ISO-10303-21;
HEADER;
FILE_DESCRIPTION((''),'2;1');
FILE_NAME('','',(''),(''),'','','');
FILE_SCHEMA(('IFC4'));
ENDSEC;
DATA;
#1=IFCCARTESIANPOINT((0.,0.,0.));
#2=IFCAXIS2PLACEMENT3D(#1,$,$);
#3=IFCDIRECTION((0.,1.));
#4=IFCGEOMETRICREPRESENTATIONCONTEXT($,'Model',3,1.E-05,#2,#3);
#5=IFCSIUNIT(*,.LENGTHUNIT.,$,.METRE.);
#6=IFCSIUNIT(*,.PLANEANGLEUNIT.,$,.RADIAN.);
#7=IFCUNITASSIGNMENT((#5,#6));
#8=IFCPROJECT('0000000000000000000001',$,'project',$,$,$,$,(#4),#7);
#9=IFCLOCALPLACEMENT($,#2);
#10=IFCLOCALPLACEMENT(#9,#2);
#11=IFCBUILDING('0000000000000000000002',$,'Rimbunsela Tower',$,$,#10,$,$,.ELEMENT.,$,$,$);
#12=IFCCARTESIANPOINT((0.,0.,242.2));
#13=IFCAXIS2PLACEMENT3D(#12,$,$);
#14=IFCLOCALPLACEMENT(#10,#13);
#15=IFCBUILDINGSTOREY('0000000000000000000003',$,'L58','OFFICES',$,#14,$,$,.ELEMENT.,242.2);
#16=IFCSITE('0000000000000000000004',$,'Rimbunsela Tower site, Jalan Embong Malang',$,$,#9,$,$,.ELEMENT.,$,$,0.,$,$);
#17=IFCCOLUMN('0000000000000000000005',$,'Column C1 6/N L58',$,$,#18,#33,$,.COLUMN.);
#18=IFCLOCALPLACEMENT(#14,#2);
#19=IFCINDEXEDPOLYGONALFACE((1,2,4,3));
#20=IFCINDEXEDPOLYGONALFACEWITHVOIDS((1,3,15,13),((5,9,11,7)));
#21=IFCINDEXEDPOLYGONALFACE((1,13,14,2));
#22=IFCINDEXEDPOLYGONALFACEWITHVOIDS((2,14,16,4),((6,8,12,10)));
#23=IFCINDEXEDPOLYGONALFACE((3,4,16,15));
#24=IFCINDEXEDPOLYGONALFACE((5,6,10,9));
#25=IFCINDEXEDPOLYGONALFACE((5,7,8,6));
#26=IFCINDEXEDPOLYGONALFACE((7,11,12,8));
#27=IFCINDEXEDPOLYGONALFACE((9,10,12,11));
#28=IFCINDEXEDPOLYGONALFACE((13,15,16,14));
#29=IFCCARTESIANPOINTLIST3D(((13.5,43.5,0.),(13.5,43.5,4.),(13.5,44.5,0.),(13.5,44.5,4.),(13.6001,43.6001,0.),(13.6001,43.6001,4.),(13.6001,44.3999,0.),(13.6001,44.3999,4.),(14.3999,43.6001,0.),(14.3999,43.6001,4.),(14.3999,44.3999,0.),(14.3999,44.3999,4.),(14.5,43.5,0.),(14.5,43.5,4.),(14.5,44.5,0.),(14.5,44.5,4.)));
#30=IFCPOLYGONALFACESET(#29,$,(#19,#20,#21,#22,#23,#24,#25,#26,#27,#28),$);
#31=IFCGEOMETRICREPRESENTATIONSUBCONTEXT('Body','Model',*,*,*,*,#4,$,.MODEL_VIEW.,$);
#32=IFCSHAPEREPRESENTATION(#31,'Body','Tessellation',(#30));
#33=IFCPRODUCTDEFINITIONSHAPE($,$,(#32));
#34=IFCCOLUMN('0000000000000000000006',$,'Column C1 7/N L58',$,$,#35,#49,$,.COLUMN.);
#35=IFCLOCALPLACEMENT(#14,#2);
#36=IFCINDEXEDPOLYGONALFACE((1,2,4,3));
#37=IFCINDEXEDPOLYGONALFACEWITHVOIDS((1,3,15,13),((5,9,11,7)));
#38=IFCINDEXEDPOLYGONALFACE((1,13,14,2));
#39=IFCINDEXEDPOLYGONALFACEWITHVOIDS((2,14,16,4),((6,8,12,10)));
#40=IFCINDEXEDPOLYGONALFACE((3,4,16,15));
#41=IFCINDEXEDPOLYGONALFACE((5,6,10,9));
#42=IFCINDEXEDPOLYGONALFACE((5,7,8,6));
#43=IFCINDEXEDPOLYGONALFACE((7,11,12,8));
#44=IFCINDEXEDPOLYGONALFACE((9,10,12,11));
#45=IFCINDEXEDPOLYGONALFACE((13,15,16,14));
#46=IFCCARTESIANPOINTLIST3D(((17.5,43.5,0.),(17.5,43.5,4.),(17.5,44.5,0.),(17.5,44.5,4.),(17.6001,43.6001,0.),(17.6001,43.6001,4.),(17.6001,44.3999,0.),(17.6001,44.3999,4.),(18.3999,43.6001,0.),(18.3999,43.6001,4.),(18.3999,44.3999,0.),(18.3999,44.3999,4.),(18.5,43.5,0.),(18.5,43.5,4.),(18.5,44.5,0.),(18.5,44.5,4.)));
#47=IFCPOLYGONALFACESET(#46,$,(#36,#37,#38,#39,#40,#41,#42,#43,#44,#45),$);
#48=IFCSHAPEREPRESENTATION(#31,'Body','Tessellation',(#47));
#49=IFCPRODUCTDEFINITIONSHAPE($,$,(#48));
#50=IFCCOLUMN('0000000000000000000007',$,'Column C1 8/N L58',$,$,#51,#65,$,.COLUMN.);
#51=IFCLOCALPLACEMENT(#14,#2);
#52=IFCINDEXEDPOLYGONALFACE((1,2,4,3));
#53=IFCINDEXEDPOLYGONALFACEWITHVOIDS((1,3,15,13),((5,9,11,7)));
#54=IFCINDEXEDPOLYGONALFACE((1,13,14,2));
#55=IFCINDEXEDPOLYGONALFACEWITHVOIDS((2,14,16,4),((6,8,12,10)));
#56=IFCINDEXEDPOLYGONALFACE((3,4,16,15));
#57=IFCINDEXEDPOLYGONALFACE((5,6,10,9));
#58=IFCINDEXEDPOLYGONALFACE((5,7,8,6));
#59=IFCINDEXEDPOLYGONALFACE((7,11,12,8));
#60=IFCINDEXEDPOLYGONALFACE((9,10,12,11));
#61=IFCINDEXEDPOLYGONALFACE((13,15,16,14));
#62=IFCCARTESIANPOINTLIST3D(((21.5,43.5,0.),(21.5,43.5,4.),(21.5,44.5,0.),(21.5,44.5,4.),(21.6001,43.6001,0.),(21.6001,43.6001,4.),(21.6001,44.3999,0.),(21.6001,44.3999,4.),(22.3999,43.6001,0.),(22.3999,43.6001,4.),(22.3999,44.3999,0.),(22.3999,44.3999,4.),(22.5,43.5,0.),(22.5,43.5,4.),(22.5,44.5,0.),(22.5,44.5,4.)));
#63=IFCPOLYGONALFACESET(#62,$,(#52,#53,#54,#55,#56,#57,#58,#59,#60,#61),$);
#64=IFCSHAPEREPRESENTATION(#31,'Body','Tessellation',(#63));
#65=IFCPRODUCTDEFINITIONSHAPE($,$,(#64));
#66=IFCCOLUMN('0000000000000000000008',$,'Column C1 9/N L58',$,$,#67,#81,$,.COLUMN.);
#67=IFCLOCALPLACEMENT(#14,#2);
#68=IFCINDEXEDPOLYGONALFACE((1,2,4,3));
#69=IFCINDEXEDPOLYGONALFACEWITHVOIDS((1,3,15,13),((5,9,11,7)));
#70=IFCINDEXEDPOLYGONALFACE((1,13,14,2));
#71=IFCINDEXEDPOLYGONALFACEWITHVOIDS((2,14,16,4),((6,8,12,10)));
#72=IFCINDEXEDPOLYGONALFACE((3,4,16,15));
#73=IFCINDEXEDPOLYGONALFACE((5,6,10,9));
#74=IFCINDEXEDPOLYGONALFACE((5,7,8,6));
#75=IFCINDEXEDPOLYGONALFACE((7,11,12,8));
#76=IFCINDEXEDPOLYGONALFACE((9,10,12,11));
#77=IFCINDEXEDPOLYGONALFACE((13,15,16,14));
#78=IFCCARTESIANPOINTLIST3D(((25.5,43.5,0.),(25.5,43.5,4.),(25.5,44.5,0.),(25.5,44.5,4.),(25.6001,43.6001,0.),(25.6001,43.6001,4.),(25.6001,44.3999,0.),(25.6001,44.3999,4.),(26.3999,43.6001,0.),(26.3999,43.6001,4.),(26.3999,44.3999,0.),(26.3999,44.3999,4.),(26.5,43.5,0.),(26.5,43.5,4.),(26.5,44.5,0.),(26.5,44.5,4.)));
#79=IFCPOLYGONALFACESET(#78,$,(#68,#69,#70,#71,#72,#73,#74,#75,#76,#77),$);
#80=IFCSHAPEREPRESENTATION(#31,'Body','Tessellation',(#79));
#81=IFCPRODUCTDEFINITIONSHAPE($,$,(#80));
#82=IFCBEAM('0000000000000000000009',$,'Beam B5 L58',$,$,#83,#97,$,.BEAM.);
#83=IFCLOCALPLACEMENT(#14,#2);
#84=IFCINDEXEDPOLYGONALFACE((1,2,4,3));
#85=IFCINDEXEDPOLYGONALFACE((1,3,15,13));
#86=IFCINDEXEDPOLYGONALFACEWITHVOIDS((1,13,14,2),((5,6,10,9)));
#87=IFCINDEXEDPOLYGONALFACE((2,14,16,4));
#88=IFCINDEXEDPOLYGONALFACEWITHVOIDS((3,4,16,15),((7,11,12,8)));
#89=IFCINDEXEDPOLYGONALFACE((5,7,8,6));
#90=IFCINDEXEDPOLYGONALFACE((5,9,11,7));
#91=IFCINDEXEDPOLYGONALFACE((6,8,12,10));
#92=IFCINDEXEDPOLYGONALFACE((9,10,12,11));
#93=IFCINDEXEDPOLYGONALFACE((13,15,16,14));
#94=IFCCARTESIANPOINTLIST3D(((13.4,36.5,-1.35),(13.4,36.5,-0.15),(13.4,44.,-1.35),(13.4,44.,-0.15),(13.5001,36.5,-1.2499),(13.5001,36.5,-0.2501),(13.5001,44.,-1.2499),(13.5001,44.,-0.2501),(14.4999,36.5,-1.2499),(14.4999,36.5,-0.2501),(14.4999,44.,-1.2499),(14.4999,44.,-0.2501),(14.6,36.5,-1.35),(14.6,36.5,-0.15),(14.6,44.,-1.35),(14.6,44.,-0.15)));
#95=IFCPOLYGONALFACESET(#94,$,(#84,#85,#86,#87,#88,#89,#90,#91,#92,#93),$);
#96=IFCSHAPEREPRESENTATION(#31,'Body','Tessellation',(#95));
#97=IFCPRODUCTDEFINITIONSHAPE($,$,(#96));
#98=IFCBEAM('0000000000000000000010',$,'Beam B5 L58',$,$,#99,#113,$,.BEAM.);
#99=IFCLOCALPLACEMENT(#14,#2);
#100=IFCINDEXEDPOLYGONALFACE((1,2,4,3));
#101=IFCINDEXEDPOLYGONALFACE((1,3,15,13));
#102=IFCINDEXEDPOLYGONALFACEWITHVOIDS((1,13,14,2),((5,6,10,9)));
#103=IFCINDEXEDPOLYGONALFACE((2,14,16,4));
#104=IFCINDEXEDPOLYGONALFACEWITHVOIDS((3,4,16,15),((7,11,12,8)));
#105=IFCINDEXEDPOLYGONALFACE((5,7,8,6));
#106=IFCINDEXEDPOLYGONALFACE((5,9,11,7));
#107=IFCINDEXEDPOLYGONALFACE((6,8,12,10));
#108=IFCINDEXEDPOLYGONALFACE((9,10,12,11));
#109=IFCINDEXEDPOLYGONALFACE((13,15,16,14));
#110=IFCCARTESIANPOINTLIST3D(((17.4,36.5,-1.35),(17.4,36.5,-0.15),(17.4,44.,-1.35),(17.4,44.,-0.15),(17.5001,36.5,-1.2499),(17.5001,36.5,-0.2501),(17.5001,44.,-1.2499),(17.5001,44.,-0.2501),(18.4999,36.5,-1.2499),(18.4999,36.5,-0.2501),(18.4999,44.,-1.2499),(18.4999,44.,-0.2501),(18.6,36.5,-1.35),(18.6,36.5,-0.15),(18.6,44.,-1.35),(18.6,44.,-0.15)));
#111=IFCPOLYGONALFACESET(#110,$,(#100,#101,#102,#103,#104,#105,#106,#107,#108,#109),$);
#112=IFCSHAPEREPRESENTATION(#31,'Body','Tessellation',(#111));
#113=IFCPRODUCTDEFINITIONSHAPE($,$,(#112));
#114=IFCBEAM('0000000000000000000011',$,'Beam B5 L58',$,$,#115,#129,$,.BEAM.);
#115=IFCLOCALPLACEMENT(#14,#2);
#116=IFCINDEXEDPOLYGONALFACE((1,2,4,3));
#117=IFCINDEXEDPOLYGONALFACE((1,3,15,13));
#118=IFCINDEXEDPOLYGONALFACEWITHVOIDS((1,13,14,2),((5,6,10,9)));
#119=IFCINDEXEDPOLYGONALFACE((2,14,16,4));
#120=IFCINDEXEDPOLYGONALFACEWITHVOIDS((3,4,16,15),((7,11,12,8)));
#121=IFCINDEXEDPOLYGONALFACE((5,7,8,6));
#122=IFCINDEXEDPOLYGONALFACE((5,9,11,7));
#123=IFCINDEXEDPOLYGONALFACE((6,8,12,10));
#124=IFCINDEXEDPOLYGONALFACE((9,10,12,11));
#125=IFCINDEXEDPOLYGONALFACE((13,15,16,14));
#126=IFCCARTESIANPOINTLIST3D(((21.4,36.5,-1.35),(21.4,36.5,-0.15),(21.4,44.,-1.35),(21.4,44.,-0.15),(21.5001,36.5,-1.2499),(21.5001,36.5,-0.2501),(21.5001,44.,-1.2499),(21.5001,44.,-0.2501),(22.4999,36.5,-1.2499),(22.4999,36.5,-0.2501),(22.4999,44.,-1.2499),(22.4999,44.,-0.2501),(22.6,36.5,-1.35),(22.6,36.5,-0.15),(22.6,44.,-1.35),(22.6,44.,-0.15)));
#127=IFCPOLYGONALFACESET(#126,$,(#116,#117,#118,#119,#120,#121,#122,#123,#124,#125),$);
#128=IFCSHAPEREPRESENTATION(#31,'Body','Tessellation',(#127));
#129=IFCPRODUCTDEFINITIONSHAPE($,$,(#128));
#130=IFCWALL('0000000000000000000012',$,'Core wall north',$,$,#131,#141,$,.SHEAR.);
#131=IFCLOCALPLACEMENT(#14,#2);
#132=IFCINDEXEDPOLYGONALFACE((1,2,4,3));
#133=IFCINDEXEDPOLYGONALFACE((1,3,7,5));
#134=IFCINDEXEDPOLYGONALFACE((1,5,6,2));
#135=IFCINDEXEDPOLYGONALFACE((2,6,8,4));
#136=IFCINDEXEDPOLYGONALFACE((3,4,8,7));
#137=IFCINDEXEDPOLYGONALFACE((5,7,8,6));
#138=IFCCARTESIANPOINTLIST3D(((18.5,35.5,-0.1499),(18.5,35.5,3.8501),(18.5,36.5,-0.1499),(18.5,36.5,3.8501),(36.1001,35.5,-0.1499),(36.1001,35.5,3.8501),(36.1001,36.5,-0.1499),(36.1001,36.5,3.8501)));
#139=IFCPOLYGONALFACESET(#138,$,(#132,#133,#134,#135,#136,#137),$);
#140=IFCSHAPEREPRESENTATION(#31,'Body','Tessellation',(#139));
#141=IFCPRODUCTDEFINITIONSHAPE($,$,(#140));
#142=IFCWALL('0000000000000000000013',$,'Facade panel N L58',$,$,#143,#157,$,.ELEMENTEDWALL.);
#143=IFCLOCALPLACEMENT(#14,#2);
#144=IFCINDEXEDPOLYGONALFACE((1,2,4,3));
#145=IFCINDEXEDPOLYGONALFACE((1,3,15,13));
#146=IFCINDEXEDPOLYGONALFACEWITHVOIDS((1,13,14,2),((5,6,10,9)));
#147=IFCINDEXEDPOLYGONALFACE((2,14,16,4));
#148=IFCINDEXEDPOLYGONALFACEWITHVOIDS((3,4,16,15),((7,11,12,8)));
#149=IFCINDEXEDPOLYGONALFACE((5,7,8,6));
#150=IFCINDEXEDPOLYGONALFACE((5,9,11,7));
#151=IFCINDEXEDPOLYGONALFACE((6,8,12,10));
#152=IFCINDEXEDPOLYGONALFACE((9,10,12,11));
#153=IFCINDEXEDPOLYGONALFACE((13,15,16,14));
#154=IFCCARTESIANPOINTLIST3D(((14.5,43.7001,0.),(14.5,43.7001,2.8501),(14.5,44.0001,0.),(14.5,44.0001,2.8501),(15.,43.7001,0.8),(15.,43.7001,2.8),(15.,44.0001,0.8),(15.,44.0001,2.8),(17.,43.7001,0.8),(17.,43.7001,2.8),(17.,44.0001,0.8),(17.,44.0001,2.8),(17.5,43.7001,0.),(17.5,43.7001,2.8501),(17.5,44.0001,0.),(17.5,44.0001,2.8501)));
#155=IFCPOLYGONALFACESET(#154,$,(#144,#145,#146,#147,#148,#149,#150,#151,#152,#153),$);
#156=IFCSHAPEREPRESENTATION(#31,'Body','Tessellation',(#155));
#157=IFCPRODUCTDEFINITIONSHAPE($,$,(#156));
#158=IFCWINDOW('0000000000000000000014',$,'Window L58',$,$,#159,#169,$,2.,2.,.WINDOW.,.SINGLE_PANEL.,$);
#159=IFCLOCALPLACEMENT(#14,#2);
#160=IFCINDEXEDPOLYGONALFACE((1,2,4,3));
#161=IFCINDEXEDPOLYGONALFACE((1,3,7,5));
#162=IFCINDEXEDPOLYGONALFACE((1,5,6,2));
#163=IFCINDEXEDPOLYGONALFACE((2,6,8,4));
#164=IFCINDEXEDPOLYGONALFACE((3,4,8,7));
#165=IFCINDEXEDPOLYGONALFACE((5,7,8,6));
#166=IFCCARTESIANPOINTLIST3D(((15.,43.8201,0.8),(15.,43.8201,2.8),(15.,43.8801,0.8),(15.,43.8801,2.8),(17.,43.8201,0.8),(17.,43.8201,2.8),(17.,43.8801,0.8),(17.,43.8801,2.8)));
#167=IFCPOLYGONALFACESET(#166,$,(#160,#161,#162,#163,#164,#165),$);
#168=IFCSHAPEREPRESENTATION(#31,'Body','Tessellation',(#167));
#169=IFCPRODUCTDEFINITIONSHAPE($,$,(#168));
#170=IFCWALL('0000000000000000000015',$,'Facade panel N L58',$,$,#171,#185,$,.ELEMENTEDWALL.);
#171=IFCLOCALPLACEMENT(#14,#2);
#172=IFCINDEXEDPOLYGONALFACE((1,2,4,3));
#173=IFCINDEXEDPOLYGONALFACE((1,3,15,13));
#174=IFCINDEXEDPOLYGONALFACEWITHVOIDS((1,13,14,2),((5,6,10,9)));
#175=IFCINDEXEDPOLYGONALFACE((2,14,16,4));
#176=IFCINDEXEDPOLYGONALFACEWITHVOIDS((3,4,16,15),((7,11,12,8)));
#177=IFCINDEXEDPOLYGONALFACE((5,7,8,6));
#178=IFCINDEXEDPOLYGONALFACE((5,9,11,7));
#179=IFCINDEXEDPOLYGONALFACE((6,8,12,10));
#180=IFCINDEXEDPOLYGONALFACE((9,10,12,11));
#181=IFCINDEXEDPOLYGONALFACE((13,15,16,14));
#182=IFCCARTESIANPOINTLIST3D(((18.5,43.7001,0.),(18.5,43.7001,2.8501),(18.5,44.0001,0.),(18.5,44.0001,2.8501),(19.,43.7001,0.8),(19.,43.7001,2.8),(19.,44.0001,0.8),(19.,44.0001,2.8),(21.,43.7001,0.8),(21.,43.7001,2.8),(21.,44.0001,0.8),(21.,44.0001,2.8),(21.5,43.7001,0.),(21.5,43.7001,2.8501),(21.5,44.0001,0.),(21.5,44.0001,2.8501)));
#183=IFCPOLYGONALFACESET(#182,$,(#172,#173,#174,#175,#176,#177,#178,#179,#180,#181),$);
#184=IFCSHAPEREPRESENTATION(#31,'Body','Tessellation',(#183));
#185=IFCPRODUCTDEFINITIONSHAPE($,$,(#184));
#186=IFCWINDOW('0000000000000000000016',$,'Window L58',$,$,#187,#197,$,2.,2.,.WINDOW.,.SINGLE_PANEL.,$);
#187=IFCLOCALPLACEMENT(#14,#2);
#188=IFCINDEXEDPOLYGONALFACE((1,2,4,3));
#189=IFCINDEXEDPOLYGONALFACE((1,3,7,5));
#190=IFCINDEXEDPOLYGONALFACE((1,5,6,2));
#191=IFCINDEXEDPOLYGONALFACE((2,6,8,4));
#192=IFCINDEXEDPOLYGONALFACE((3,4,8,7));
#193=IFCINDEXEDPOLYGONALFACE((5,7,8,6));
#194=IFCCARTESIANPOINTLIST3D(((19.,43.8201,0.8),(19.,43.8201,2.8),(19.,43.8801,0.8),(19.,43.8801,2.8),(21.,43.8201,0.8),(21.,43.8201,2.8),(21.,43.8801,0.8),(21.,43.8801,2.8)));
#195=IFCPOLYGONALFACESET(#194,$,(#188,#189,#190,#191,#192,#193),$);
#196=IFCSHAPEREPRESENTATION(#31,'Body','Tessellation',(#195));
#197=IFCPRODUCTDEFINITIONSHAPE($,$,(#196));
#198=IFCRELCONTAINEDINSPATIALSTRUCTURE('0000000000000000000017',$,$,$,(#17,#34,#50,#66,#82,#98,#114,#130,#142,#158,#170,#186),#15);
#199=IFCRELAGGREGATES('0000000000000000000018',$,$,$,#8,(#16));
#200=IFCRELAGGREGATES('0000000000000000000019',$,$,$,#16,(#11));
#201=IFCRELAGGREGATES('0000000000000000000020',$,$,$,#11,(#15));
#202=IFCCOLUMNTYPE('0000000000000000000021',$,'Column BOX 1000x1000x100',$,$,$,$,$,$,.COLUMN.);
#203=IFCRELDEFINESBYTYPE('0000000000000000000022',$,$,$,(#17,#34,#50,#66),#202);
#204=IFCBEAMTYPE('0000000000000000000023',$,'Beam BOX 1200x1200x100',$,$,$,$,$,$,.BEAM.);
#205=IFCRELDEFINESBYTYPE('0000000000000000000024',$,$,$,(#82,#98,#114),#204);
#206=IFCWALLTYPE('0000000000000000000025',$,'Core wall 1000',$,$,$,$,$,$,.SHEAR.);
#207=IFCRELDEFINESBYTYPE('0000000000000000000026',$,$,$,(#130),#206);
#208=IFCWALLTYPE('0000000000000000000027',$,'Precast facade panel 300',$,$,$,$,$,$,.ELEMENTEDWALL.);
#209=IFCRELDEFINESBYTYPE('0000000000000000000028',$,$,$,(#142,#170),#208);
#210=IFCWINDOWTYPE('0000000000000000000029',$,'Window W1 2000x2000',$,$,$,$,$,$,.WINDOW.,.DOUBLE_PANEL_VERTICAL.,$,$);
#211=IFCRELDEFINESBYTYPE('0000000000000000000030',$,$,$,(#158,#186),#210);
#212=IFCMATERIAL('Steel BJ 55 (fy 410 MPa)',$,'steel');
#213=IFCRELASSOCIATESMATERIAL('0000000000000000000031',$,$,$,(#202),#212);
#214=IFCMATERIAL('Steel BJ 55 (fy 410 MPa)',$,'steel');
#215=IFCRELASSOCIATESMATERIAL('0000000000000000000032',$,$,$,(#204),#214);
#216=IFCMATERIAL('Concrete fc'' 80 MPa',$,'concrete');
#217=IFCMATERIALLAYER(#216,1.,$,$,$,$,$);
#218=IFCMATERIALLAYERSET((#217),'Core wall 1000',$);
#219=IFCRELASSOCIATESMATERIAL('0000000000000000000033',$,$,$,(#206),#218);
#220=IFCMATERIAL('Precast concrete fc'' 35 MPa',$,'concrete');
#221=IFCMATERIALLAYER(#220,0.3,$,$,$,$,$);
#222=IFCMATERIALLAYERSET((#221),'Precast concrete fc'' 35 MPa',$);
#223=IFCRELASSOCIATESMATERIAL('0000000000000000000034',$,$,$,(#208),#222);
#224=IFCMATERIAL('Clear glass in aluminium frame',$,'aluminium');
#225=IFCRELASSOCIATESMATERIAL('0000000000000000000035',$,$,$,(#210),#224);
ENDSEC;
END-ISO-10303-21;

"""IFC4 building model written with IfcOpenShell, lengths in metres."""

from ifc_helpers import new_model, si_unit, direction, frame, frame_2d, origin, origin_2d, place, context, subcontext, project, spatial, rectangle, hollow_rectangle, extrude, material, layer, layer_set, material_profile, profile_set, type_object, element, fill, save


model = new_model("IFC4")

# Units and contexts
model_context = context("Model", 3, precision=1e-05, world=origin(), true_north=direction((0.0, 1.0)))
body_context = subcontext(model_context, "Body", "Model", "MODEL_VIEW")
ifc_project = project(units=[si_unit("LENGTHUNIT", "METRE"), si_unit("PLANEANGLEUNIT", "RADIAN")], contexts=[model_context])

# Site, building, storey
site_placement = place(None, origin())
site = spatial("IfcSite", under=ifc_project, at=site_placement, Name="Rimbunsela Tower site, Jalan Embong Malang", CompositionType="ELEMENT", RefElevation=0.0)
building_placement = place(site_placement, origin())
building = spatial("IfcBuilding", under=site, at=building_placement, Name="Rimbunsela Tower", CompositionType="ELEMENT")
storey_placement = place(building_placement, frame((0.0, 0.0, 242.2)))
storey = spatial("IfcBuildingStorey", under=building, at=storey_placement, Name="L58", Description="OFFICES", CompositionType="ELEMENT", Elevation=242.2)

# Columns
ifc_material_1 = material(Name="Steel BJ 55 (fy 410 MPa)", Category="steel")
ifc_material_profile_1 = material_profile(ifc_material_1, hollow_rectangle(XDim=1.0, YDim=1.0, WallThickness=0.1001, at=origin_2d()), Name="BOX 1000x1000x100")
ifc_profile_set_1 = profile_set([ifc_material_profile_1], Name="Steel BJ 55 (fy 410 MPa)")
column_type = type_object("IfcColumnType", Name="Column BOX 1000x1000x100", PredefinedType="COLUMN", material=ifc_profile_set_1)
for number, where, z_axis, x_axis, name in (
    (1, (14.0, 44.0, 0.0), (0.0, 0.0, 1.0), (1.0, 0.0, 0.0), "Column C1 6/N L58"),
    (2, (18.0, 44.0, 0.0), (0.0, 0.0, 1.0), (1.0, 0.0, 0.0), "Column C1 7/N L58"),
    (3, (22.0, 44.0, 0.0), (0.0, 0.0, 1.0), (1.0, 0.0, 0.0), "Column C1 8/N L58"),
    (4, (26.0, 44.0, 0.0), (0.0, 0.0, 1.0), (1.0, 0.0, 0.0), "Column C1 9/N L58"),
):
    element("IfcColumn", number, at=place(storey_placement, frame(where, z_axis=z_axis, x_axis=x_axis)), inside=storey, type_object=column_type, Name=name, PredefinedType="COLUMN", context=body_context, shape_type="SweptSolid", body=[
        extrude(hollow_rectangle(XDim=1.0, YDim=1.0, WallThickness=0.1001, at=origin_2d()), origin(), (0.0, 0.0, 1.0), 4.0),
    ])

# Beams
ifc_material_2 = material(Name="Steel BJ 55 (fy 410 MPa)", Category="steel")
ifc_material_profile_2 = material_profile(ifc_material_2, hollow_rectangle(XDim=1.2, YDim=1.2, WallThickness=0.1001, at=origin_2d()), Name="BOX 1200x1200x100")
ifc_profile_set_2 = profile_set([ifc_material_profile_2], Name="Steel BJ 55 (fy 410 MPa)")
beam_type = type_object("IfcBeamType", Name="Beam BOX 1200x1200x100", PredefinedType="BEAM", material=ifc_profile_set_2)
for number, where, z_axis, x_axis, name in (
    (5, (14.0, 36.5, -0.75), (0.0, 1.0, 0.0), (-1.0, 0.0, 0.0), "Beam B5 L58"),
    (6, (18.0, 36.5, -0.75), (0.0, 1.0, 0.0), (-1.0, 0.0, 0.0), "Beam B5 L58"),
    (7, (22.0, 36.5, -0.75), (0.0, 1.0, 0.0), (-1.0, 0.0, 0.0), "Beam B5 L58"),
):
    element("IfcBeam", number, at=place(storey_placement, frame(where, z_axis=z_axis, x_axis=x_axis)), inside=storey, type_object=beam_type, Name=name, PredefinedType="BEAM", context=body_context, shape_type="SweptSolid", body=[
        extrude(hollow_rectangle(XDim=1.2, YDim=1.2, WallThickness=0.1001, at=origin_2d()), origin(), (0.0, 0.0, 1.0), 7.5),
    ])

# Wall
ifc_material_3 = material(Name="Concrete fc' 80 MPa", Category="concrete")
ifc_layer_1 = layer(ifc_material_3, 1.0)
ifc_layer_set_1 = layer_set([ifc_layer_1], Name="Core wall 1000")
wall_type_1 = type_object("IfcWallType", Name="Core wall 1000", PredefinedType="SHEAR", material=ifc_layer_set_1)
wall_1_placement = place(storey_placement, frame((18.5, 36.0, -0.1499), z_axis=(0.0, 0.0, 1.0), x_axis=(1.0, 0.0, 0.0)))
element("IfcWall", 8, at=wall_1_placement, inside=storey, type_object=wall_type_1, Name="Core wall north", PredefinedType="SHEAR", context=body_context, shape_type="SweptSolid", body=[
    extrude(rectangle(XDim=17.6001, YDim=1.0, at=frame_2d((8.8, 0.0))), origin(), (0.0, 0.0, 1.0), 4.0),
])

# Walls, openings, windows
ifc_material_4 = material(Name="Precast concrete fc' 35 MPa", Category="concrete")
ifc_layer_2 = layer(ifc_material_4, 0.3)
ifc_layer_set_2 = layer_set([ifc_layer_2], Name="Precast concrete fc' 35 MPa")
wall_type_2 = type_object("IfcWallType", Name="Precast facade panel 300", PredefinedType="ELEMENTEDWALL", material=ifc_layer_set_2)
wall_2_placement = place(storey_placement, frame((17.5, 43.8501, 0.0), z_axis=(0.0, 0.0, 1.0), x_axis=(-1.0, 0.0, 0.0)))
wall_2 = element("IfcWall", 9, at=wall_2_placement, inside=storey, type_object=wall_type_2, Name="Facade panel N L58", PredefinedType="ELEMENTEDWALL", context=body_context, shape_type="SweptSolid", body=[
    extrude(rectangle(XDim=3.0, YDim=0.3, at=frame_2d((1.5, 0.0))), origin(), (0.0, 0.0, 1.0), 2.8501),
])
opening_1_placement = place(wall_2_placement, frame((0.5, 0.0, 0.8)))
opening_1 = element("IfcOpeningElement", 10, at=opening_1_placement, cuts=wall_2, PredefinedType="OPENING", context=body_context, shape_type="SweptSolid", body=[
    extrude(rectangle(XDim=2.0, YDim=2.0, at=frame_2d((1.0, 1.0))), frame((0.0, 0.1599, 0.0), z_axis=(0.0, -1.0, 0.0), x_axis=(1.0, 0.0, 0.0)), (0.0, 0.0, 1.0), 0.3201),
])
ifc_material_5 = material(Name="Clear glass in aluminium frame", Category="aluminium")
window_type = type_object("IfcWindowType", Name="Window W1 2000x2000", PartitioningType="DOUBLE_PANEL_VERTICAL", PredefinedType="WINDOW", material=ifc_material_5)
window_1_placement = place(opening_1_placement, origin())
window_1 = element("IfcWindow", 11, at=window_1_placement, inside=storey, type_object=window_type, Name="Window L58", OverallHeight=2.0, OverallWidth=2.0, PartitioningType="SINGLE_PANEL", PredefinedType="WINDOW", context=body_context, shape_type="SweptSolid", body=[
    extrude(rectangle(XDim=2.0, YDim=2.0, at=frame_2d((1.0, 1.0))), frame((0.0, 0.03, 0.0), z_axis=(0.0, -1.0, 0.0), x_axis=(1.0, 0.0, 0.0)), (0.0, 0.0, 1.0), 0.0601),
])
fill(opening_1, window_1)
wall_3_placement = place(storey_placement, frame((21.5, 43.8501, 0.0), z_axis=(0.0, 0.0, 1.0), x_axis=(-1.0, 0.0, 0.0)))
wall_3 = element("IfcWall", 12, at=wall_3_placement, inside=storey, type_object=wall_type_2, Name="Facade panel N L58", PredefinedType="ELEMENTEDWALL", context=body_context, shape_type="SweptSolid", body=[
    extrude(rectangle(XDim=3.0, YDim=0.3, at=frame_2d((1.5, 0.0))), origin(), (0.0, 0.0, 1.0), 2.8501),
])
opening_2_placement = place(wall_3_placement, frame((0.5, 0.0, 0.8)))
opening_2 = element("IfcOpeningElement", 13, at=opening_2_placement, cuts=wall_3, PredefinedType="OPENING", context=body_context, shape_type="SweptSolid", body=[
    extrude(rectangle(XDim=2.0, YDim=2.0, at=frame_2d((1.0, 1.0))), frame((0.0, 0.1599, 0.0), z_axis=(0.0, -1.0, 0.0), x_axis=(1.0, 0.0, 0.0)), (0.0, 0.0, 1.0), 0.3201),
])
window_2_placement = place(opening_2_placement, origin())
window_2 = element("IfcWindow", 14, at=window_2_placement, inside=storey, type_object=window_type, Name="Window L58", OverallHeight=2.0, OverallWidth=2.0, PartitioningType="SINGLE_PANEL", PredefinedType="WINDOW", context=body_context, shape_type="SweptSolid", body=[
    extrude(rectangle(XDim=2.0, YDim=2.0, at=frame_2d((1.0, 1.0))), frame((0.0, 0.03, 0.0), z_axis=(0.0, -1.0, 0.0), x_axis=(1.0, 0.0, 0.0)), (0.0, 0.0, 1.0), 0.0601),
])
fill(opening_2, window_2)

save(model, "model.ifc")
